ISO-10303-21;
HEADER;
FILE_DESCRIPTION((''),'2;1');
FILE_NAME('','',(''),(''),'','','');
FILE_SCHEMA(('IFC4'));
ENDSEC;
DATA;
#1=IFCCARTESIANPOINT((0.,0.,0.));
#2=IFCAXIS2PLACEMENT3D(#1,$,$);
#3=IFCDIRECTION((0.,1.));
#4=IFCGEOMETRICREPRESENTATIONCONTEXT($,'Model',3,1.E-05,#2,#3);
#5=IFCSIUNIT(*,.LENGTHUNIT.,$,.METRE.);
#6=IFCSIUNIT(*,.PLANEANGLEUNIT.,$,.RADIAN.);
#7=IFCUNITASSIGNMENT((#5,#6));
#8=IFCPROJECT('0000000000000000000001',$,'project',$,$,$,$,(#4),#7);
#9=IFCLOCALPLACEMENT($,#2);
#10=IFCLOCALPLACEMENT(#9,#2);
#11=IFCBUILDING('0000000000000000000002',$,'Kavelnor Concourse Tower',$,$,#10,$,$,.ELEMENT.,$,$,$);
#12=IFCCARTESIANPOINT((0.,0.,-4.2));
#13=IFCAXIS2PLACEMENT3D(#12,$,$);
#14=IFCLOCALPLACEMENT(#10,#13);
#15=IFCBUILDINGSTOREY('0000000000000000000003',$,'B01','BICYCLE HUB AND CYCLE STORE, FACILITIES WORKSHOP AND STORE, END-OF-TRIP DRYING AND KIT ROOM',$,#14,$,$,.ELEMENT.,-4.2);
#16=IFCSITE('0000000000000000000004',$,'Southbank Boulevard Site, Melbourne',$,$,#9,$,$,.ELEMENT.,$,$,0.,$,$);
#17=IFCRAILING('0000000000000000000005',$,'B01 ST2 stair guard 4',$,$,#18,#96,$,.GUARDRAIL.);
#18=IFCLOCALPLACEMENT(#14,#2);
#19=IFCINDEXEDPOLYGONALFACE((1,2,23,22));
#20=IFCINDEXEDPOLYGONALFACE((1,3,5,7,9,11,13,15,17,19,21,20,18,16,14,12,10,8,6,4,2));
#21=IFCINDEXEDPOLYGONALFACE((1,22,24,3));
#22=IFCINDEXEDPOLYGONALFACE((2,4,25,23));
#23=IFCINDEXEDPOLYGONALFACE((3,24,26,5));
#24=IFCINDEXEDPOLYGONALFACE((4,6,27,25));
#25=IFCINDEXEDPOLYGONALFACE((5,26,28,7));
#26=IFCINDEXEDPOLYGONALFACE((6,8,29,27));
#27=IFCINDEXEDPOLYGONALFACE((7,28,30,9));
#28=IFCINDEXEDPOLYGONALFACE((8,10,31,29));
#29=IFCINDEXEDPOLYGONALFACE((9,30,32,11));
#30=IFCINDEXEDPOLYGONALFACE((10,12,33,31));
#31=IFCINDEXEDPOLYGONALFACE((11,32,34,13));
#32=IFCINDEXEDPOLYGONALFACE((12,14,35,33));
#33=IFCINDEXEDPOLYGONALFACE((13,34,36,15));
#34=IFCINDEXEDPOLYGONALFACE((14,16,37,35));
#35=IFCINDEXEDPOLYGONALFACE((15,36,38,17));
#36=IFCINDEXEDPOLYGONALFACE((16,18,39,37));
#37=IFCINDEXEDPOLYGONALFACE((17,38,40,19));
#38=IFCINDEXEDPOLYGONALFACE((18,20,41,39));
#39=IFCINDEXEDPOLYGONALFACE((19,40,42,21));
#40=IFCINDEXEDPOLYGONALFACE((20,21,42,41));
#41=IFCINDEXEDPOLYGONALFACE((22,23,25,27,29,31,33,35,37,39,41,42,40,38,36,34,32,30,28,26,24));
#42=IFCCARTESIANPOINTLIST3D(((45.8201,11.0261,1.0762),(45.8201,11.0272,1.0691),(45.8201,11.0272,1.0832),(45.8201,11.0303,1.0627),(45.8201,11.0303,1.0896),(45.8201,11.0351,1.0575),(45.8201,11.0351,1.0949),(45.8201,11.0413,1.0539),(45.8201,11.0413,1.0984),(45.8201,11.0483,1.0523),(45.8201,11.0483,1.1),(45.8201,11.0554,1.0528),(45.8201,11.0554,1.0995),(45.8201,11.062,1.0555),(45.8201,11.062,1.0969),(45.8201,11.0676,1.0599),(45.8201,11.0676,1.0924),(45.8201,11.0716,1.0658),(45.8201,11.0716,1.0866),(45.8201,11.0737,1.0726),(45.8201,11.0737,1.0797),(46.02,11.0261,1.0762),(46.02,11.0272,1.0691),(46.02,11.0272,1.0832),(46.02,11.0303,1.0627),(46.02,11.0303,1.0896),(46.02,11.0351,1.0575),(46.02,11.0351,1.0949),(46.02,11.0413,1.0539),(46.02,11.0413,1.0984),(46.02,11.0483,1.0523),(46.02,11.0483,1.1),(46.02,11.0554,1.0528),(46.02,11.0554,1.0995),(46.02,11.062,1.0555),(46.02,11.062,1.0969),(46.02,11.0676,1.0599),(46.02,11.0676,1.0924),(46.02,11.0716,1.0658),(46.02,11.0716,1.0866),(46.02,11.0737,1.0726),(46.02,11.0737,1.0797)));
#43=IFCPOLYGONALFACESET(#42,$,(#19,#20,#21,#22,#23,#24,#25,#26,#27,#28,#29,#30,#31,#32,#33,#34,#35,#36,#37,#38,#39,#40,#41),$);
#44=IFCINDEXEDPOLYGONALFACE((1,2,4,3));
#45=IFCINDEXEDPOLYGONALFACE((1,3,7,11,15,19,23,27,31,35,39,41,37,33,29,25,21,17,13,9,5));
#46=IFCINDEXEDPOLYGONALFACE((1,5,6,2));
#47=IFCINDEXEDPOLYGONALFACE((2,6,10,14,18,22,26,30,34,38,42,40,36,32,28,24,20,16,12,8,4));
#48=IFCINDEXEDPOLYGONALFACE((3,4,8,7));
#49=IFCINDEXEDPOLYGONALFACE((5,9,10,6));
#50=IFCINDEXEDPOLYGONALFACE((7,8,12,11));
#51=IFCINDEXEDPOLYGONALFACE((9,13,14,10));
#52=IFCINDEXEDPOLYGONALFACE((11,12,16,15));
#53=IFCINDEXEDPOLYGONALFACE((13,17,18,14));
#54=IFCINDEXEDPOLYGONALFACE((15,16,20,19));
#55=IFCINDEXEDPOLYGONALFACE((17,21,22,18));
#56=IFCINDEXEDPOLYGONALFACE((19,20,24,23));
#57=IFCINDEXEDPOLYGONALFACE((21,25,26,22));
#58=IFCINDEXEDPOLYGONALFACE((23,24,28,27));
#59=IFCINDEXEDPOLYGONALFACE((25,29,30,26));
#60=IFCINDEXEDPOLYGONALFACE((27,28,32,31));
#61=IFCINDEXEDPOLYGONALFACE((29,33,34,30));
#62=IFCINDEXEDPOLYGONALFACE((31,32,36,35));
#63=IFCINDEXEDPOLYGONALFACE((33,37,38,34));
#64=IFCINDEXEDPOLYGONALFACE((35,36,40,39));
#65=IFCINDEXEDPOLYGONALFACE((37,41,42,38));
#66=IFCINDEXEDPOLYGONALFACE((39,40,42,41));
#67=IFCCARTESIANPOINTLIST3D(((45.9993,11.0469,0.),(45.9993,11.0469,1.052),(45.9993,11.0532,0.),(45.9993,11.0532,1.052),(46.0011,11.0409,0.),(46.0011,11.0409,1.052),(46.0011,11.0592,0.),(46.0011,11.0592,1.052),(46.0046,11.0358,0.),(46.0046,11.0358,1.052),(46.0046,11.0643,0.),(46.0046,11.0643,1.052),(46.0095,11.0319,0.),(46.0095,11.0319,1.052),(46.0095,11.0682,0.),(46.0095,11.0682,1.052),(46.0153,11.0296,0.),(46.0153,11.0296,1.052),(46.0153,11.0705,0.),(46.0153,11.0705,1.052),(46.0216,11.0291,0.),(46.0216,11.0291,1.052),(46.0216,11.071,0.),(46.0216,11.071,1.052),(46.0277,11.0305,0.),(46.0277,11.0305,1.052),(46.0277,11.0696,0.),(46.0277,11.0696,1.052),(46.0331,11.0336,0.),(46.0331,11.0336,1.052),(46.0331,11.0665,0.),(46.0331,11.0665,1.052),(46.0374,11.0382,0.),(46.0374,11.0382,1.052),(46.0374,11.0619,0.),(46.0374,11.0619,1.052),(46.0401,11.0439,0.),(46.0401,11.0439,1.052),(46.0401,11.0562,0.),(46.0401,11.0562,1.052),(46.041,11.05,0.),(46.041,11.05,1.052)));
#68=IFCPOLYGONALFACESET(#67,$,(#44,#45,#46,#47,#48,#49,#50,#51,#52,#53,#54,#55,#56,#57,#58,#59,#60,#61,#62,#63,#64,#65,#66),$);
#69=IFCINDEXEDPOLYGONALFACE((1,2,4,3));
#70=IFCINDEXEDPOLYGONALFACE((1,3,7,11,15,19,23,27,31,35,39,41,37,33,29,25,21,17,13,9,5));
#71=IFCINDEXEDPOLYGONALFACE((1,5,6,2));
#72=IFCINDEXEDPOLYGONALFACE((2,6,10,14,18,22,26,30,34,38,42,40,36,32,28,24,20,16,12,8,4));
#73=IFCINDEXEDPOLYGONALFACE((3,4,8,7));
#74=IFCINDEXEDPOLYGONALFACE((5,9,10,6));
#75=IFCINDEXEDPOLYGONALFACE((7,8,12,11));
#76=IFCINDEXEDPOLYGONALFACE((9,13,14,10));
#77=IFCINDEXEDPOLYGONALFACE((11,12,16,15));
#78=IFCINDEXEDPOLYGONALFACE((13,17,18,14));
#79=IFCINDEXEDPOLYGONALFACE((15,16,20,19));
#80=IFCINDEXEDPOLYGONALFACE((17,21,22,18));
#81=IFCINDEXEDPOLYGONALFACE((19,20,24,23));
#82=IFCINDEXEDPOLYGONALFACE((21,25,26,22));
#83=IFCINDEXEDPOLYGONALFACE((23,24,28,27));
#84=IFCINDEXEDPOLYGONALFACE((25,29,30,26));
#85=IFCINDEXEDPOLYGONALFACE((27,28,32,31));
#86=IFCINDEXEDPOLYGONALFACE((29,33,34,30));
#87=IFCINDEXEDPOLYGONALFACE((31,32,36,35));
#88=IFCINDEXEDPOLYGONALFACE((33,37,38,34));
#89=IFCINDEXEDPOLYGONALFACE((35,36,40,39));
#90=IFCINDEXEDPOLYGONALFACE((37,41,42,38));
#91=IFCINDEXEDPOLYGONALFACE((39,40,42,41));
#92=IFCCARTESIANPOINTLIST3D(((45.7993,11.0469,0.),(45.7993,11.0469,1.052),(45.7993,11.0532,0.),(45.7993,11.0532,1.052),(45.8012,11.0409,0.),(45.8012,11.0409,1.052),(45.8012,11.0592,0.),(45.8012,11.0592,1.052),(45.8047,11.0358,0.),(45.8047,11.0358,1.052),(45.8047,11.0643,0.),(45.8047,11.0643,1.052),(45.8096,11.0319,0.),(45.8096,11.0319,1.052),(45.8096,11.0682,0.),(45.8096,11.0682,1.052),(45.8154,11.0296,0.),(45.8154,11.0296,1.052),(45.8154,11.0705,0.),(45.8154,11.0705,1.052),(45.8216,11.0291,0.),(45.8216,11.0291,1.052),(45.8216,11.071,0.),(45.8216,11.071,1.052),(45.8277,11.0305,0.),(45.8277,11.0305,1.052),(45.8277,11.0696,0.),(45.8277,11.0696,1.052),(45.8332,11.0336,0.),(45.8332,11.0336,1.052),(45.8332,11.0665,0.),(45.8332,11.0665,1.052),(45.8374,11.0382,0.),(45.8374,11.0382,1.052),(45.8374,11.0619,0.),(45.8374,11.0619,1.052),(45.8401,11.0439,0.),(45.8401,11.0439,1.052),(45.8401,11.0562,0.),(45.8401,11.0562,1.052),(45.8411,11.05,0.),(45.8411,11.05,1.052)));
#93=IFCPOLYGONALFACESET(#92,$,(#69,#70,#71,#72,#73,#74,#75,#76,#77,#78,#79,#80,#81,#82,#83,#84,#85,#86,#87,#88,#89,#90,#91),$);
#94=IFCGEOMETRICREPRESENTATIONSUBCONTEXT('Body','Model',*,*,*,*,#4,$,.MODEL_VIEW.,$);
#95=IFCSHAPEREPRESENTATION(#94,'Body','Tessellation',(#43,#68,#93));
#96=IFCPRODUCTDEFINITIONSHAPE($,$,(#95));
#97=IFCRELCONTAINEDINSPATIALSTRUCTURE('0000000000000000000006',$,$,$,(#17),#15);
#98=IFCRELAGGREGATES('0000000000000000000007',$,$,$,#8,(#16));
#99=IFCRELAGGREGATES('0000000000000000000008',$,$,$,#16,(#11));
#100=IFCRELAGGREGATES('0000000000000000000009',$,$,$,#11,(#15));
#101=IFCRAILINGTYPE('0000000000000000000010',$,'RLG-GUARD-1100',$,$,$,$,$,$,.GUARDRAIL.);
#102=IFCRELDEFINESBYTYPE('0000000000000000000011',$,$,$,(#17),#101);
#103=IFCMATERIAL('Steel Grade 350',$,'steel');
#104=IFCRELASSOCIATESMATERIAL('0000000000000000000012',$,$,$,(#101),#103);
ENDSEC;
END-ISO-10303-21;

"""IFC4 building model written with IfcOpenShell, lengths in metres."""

from ifc_helpers import new_model, si_unit, direction, frame, origin, origin_2d, place, context, subcontext, project, spatial, circle, extrude, material, type_object, element, save


model = new_model("IFC4")

# Units and contexts
model_context = context("Model", 3, precision=1e-05, world=origin(), true_north=direction((0.0, 1.0)))
body_context = subcontext(model_context, "Body", "Model", "MODEL_VIEW")
ifc_project = project(units=[si_unit("LENGTHUNIT", "METRE"), si_unit("PLANEANGLEUNIT", "RADIAN")], contexts=[model_context])

# Site, building, storey
site_placement = place(None, origin())
site = spatial("IfcSite", under=ifc_project, at=site_placement, Name="Southbank Boulevard Site, Melbourne", CompositionType="ELEMENT", RefElevation=0.0)
building_placement = place(site_placement, origin())
building = spatial("IfcBuilding", under=site, at=building_placement, Name="Kavelnor Concourse Tower", CompositionType="ELEMENT")
storey_placement = place(building_placement, frame((0.0, 0.0, -4.2)))
storey = spatial("IfcBuildingStorey", under=building, at=storey_placement, Name="B01", Description="BICYCLE HUB AND CYCLE STORE, FACILITIES WORKSHOP AND STORE, END-OF-TRIP DRYING AND KIT ROOM", CompositionType="ELEMENT", Elevation=-4.2)

# Shared definitions
ifc_material_1 = material(Name="Steel Grade 350", Category="steel")

# Railing
railing_type_1 = type_object("IfcRailingType", Name="RLG-GUARD-1100", PredefinedType="GUARDRAIL", material=ifc_material_1)
railing_1_placement = place(storey_placement, frame((46.02, 11.05, 0.0)))
element("IfcRailing", 1, at=railing_1_placement, inside=storey, type_object=railing_type_1, Name="B01 ST2 stair guard 4", PredefinedType="GUARDRAIL", context=body_context, shape_type="SweptSolid", body=[
    extrude(circle(Radius=0.0239, at=origin_2d()), frame((0.0, 0.0, 1.0762), z_axis=(-1.0, 0.0, 0.0), x_axis=(0.0, -1.0, 0.0)), (0.0, 0.0, 1.0), 0.2),
    extrude(circle(Radius=0.021, at=origin_2d()), origin(), (0.0, 0.0, 1.0), 1.052),
    extrude(circle(Radius=0.021, at=origin_2d()), frame((-0.2, 0.0, 0.0)), (0.0, 0.0, 1.0), 1.052),
])

save(model, "model.ifc")
